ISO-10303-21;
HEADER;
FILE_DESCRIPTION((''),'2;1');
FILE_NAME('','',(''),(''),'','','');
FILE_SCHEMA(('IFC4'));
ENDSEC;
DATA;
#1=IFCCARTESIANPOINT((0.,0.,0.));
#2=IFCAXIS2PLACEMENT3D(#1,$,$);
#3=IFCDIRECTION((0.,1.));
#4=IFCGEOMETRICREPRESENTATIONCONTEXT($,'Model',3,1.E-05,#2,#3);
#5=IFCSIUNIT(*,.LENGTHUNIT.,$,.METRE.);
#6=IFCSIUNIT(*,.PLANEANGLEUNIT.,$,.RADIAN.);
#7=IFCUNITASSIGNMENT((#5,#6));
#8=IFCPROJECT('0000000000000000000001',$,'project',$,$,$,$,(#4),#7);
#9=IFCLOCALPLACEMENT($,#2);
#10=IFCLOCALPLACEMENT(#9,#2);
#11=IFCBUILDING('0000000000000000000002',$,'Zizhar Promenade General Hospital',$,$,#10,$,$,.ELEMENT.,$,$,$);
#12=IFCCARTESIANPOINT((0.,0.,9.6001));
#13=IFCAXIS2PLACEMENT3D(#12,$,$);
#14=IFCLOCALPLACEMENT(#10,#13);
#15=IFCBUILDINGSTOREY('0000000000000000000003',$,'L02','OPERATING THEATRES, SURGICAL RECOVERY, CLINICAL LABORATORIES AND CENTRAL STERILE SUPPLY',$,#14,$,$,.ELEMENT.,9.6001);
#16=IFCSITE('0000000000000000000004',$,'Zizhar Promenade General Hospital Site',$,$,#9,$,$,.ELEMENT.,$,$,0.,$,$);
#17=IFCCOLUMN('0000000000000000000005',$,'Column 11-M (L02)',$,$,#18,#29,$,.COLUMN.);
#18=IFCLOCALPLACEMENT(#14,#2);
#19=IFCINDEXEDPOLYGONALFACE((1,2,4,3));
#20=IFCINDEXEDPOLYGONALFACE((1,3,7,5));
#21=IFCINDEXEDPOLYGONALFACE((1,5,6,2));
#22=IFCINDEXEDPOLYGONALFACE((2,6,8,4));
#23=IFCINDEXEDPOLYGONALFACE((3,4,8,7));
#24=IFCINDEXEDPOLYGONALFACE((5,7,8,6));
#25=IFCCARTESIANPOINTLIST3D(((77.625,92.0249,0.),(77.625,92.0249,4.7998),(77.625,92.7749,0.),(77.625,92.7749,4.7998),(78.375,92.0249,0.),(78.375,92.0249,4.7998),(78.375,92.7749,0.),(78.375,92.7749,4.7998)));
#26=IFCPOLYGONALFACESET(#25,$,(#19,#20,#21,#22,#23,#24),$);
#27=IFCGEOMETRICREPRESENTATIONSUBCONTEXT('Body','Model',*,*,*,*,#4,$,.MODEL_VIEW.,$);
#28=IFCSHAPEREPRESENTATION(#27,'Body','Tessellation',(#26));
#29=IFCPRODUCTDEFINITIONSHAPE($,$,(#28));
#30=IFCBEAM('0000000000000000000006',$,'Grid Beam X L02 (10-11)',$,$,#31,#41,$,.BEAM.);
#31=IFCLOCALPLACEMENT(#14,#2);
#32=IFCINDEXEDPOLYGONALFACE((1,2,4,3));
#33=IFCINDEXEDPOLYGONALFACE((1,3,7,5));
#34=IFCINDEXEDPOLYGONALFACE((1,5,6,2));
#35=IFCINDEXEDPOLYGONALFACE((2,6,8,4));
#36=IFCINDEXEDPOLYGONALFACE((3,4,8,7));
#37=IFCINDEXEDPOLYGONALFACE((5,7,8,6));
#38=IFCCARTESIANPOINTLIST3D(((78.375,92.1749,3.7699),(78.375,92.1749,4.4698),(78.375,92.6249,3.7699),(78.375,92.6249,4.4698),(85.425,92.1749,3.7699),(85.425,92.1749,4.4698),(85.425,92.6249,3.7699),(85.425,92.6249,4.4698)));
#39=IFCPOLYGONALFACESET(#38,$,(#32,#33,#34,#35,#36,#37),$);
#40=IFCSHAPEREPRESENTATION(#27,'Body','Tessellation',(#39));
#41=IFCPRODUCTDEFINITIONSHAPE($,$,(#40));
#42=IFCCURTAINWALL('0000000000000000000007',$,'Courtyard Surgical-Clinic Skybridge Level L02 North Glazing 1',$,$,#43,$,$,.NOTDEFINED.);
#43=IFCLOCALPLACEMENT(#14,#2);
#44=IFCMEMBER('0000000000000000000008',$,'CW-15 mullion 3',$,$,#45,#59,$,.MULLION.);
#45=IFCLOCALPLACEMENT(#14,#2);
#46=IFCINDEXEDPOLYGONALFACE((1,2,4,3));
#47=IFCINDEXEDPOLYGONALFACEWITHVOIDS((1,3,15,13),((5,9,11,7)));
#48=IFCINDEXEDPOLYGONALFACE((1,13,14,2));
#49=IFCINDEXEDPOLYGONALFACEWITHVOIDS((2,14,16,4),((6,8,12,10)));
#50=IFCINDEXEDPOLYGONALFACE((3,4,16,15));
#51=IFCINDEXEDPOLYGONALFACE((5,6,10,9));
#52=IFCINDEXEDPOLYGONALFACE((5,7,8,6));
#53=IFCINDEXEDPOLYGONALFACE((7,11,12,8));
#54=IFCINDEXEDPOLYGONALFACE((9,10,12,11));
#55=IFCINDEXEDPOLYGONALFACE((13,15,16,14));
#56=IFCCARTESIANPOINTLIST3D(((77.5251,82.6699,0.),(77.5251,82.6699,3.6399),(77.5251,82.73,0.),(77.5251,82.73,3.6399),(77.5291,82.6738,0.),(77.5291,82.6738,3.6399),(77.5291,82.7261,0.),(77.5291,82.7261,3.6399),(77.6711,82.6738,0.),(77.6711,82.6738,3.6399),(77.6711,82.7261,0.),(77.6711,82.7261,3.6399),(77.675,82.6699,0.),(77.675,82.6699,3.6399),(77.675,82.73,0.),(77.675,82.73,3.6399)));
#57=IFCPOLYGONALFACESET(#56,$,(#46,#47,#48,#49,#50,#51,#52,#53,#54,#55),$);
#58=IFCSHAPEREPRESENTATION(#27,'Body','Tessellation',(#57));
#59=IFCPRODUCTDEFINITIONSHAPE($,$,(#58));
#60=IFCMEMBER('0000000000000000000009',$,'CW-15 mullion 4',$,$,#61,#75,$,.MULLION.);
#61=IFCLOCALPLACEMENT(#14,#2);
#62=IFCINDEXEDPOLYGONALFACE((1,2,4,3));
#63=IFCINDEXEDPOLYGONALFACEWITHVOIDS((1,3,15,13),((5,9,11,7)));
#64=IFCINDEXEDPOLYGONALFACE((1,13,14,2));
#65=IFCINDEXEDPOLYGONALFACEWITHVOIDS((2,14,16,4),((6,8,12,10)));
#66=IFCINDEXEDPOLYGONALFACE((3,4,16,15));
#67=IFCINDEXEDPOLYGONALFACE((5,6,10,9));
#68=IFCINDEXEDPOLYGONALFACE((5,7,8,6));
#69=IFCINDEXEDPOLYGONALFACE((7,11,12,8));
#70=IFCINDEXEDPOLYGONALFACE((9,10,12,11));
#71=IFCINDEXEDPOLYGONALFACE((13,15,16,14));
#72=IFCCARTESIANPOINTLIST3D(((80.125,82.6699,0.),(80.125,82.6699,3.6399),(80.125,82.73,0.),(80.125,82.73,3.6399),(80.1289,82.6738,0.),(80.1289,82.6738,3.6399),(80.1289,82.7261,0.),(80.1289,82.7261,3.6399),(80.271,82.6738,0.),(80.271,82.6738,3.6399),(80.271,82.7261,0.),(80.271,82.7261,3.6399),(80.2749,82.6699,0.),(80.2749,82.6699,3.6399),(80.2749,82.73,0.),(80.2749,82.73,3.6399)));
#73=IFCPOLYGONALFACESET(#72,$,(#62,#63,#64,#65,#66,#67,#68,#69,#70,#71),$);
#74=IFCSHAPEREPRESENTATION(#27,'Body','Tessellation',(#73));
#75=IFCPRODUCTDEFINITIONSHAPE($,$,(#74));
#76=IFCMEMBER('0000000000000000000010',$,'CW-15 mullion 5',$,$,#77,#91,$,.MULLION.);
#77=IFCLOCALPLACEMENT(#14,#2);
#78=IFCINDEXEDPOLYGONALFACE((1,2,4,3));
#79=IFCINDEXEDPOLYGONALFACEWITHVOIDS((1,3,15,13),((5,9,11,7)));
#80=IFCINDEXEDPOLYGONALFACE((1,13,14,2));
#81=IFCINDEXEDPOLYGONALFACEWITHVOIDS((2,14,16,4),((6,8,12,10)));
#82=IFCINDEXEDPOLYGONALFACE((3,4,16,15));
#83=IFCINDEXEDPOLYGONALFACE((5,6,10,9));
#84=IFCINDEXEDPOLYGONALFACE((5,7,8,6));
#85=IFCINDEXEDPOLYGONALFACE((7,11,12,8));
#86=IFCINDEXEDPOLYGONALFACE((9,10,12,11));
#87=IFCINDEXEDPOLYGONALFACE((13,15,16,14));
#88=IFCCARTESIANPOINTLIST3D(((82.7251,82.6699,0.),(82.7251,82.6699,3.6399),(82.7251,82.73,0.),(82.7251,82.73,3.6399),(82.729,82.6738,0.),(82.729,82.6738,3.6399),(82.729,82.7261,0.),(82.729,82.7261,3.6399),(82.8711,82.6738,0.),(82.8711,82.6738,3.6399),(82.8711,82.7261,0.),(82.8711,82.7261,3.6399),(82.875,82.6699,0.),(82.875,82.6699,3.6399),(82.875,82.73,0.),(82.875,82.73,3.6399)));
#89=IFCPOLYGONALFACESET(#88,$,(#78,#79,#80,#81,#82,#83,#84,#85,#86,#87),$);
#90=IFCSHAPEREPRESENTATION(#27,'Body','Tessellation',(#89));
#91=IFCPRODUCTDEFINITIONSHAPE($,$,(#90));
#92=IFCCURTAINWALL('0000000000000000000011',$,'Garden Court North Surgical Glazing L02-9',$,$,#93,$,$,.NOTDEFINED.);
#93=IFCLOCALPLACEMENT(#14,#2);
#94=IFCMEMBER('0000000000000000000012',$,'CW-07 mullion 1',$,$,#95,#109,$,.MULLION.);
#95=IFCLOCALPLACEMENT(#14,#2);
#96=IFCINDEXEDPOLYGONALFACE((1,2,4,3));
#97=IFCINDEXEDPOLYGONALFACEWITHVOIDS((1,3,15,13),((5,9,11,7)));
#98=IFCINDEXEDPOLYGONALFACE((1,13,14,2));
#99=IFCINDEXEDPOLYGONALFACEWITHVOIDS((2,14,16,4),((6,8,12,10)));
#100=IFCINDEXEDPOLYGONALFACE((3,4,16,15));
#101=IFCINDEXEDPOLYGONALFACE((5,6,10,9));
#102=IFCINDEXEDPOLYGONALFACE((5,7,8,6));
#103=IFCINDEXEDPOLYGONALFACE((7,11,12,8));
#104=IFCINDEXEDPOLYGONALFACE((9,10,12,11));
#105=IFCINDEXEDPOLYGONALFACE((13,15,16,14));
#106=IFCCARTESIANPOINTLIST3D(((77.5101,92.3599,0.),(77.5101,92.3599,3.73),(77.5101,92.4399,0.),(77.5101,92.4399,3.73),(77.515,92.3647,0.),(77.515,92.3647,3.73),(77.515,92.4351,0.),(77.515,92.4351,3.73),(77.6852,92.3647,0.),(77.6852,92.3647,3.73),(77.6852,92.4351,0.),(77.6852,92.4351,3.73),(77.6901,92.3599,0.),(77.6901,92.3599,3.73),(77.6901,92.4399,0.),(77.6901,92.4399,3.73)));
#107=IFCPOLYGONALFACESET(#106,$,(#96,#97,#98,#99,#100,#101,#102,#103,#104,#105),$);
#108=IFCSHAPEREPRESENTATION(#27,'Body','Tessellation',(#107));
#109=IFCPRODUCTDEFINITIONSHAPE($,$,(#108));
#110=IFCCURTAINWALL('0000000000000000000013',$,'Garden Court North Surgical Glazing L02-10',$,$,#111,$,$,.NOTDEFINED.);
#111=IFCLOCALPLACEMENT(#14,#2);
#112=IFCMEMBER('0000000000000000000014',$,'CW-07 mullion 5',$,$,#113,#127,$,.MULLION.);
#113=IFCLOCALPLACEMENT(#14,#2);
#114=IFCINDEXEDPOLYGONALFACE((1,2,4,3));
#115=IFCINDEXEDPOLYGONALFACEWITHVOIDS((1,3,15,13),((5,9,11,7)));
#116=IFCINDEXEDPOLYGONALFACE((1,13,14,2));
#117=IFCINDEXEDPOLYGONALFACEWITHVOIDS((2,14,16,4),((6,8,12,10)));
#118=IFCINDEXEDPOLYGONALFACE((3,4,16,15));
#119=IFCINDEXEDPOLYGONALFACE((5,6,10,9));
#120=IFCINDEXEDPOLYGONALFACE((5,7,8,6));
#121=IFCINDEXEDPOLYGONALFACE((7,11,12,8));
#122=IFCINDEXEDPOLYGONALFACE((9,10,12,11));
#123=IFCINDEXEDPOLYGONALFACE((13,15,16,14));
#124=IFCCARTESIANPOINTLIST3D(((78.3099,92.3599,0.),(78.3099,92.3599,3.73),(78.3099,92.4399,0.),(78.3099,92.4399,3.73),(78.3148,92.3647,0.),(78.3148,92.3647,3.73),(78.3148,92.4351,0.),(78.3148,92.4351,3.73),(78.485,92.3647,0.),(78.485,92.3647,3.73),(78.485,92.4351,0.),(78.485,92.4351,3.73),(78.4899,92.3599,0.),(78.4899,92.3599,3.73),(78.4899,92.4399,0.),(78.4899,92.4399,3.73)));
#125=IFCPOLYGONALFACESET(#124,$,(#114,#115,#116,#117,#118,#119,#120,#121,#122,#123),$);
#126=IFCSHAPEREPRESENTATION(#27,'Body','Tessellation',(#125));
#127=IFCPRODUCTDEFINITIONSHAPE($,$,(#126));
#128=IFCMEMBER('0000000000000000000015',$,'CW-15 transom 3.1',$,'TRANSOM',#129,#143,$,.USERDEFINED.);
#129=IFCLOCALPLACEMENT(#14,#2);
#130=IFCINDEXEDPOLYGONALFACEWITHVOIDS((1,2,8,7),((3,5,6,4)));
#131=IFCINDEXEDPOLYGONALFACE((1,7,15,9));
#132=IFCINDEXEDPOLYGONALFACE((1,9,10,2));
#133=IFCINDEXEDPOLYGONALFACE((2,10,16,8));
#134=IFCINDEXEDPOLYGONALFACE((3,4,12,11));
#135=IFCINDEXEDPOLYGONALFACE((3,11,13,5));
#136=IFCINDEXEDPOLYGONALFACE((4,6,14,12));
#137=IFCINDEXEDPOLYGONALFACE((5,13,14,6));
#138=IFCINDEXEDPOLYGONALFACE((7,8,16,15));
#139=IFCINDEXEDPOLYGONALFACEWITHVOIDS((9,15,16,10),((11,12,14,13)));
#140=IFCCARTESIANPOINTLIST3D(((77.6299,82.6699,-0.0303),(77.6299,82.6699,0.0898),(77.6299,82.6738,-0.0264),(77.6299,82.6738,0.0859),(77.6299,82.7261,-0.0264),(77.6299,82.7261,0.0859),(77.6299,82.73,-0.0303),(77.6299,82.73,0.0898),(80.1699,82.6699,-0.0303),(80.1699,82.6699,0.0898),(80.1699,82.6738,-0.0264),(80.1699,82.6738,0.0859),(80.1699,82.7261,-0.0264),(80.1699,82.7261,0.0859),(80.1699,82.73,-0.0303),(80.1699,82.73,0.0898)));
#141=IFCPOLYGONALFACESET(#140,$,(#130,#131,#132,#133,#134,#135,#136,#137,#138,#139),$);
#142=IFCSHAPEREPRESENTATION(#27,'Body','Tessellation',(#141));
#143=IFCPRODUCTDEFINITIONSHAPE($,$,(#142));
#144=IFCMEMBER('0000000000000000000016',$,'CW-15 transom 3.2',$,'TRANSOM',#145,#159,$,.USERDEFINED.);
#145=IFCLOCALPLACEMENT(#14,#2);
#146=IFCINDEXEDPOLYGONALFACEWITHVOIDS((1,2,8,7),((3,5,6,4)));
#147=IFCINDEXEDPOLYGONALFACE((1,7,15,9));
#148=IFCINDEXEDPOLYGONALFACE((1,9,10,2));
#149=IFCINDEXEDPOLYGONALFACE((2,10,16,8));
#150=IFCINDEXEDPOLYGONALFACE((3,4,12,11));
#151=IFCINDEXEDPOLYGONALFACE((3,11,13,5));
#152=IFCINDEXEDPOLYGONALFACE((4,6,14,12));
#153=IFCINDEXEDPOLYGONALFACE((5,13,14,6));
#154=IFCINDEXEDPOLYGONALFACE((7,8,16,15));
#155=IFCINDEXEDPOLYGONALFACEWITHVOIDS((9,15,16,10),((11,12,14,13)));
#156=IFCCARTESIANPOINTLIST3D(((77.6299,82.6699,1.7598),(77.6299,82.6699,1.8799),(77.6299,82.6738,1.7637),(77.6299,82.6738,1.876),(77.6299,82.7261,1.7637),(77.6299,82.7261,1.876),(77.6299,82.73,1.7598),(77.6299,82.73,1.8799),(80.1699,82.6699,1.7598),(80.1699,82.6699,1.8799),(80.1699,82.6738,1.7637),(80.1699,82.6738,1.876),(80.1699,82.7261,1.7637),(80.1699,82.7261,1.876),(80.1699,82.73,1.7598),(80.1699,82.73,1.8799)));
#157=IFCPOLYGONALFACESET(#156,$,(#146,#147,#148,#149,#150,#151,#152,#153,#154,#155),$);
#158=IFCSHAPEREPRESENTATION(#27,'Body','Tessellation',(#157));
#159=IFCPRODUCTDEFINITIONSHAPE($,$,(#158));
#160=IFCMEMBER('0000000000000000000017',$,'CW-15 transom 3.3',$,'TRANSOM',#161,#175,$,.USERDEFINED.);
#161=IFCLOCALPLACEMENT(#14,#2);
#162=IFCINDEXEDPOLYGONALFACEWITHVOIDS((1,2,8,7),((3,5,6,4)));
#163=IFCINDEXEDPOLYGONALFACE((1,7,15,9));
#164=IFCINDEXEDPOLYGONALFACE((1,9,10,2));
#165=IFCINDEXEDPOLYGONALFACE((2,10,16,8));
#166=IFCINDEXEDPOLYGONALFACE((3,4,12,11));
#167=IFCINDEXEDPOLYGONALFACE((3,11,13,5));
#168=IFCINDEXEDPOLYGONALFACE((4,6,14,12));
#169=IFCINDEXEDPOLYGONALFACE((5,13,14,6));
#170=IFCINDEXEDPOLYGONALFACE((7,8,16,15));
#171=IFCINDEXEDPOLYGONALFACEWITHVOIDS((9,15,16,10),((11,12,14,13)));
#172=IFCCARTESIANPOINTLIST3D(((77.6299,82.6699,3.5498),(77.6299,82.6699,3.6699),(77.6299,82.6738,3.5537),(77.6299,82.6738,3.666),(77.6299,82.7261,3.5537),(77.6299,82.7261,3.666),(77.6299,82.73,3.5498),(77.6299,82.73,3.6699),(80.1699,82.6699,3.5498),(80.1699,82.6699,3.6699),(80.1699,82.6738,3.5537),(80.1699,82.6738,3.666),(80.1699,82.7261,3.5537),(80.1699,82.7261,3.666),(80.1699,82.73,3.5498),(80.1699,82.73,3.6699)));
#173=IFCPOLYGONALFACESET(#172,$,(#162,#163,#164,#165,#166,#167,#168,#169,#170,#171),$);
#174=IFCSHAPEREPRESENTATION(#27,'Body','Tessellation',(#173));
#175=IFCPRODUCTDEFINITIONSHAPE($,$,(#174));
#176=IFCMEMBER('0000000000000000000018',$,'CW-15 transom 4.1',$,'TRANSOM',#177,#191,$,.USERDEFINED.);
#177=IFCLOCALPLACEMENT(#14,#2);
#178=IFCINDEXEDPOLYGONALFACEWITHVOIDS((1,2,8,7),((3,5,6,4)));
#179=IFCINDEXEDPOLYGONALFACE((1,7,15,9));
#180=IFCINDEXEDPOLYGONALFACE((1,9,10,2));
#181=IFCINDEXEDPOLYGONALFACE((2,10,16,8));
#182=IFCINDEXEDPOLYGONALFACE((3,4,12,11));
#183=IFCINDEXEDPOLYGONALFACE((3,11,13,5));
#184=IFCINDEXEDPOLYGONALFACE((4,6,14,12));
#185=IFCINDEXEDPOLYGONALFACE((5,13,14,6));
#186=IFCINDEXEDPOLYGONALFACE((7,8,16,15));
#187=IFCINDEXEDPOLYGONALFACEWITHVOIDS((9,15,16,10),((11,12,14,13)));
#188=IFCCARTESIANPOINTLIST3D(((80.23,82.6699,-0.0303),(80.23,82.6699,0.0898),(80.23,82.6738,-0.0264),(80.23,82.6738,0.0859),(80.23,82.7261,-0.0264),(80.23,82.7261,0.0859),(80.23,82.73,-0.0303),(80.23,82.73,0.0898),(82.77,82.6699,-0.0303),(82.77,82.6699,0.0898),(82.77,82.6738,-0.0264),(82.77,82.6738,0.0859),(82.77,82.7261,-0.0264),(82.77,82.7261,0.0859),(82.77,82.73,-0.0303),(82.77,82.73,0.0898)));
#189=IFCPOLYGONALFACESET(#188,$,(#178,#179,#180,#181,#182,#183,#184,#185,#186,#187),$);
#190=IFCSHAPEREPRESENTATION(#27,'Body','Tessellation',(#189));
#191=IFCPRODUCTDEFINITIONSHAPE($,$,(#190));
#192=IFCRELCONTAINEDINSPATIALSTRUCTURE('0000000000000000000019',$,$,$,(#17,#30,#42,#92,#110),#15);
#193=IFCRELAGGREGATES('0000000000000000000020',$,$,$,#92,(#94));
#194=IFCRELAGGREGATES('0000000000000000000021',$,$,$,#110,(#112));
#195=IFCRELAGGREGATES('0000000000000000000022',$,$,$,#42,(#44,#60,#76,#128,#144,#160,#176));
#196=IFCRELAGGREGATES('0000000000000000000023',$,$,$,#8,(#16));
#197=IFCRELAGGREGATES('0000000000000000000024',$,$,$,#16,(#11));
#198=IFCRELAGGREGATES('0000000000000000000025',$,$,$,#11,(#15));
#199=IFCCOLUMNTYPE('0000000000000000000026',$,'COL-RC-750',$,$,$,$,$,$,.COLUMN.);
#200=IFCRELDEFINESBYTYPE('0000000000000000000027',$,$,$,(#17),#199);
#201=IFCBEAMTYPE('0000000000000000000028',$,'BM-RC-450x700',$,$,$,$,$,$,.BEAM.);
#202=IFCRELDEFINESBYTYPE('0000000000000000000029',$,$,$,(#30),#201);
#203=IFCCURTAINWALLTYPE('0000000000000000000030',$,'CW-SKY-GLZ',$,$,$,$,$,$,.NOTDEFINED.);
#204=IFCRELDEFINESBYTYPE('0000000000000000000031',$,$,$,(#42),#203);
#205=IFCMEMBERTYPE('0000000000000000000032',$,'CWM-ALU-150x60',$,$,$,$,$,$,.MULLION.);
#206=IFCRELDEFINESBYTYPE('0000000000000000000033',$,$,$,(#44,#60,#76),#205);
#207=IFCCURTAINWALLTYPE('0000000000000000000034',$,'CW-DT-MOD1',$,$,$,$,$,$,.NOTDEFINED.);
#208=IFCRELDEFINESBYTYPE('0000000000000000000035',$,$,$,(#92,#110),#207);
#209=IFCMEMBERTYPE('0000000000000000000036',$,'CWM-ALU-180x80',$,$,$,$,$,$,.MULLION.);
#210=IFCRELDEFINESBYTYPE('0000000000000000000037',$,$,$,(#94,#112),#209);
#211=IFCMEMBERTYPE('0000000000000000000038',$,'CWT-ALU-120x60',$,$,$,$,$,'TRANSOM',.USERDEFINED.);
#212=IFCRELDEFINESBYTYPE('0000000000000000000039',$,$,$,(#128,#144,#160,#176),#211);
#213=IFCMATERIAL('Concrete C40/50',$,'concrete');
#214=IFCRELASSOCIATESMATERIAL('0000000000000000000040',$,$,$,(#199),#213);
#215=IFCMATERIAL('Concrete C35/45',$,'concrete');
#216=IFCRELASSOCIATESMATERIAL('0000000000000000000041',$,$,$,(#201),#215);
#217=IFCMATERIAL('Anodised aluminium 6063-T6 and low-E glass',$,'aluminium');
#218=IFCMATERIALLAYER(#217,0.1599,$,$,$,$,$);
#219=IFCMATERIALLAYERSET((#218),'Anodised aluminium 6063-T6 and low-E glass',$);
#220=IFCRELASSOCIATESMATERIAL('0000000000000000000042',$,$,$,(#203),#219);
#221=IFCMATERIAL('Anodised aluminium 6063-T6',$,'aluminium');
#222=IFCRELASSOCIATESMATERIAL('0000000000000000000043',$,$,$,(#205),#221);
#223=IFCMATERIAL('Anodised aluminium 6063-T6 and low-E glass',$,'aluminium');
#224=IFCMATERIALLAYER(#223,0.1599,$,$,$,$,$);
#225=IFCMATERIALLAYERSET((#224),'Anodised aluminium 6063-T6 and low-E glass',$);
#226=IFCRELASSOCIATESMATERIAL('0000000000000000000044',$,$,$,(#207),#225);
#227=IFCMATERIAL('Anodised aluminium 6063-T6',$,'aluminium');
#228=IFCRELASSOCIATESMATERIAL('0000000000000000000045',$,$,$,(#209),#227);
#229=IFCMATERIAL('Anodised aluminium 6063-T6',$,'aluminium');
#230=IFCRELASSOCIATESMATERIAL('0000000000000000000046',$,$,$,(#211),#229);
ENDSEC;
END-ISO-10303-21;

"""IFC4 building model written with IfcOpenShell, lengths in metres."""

from ifc_helpers import new_model, si_unit, direction, frame, origin, origin_2d, place, context, subcontext, project, spatial, rectangle, hollow_rectangle, extrude, material, layer, layer_set, material_profile, profile_set, type_object, element, aggregate, save


model = new_model("IFC4")

# Units and contexts
model_context = context("Model", 3, precision=1e-05, world=origin(), true_north=direction((0.0, 1.0)))
body_context = subcontext(model_context, "Body", "Model", "MODEL_VIEW")
ifc_project = project(units=[si_unit("LENGTHUNIT", "METRE"), si_unit("PLANEANGLEUNIT", "RADIAN")], contexts=[model_context])

# Site, building, storey
site_placement = place(None, origin())
site = spatial("IfcSite", under=ifc_project, at=site_placement, Name="Zizhar Promenade General Hospital Site", CompositionType="ELEMENT", RefElevation=0.0)
building_placement = place(site_placement, origin())
building = spatial("IfcBuilding", under=site, at=building_placement, Name="Zizhar Promenade General Hospital", CompositionType="ELEMENT")
storey_placement = place(building_placement, frame((0.0, 0.0, 9.6001)))
storey = spatial("IfcBuildingStorey", under=building, at=storey_placement, Name="L02", Description="OPERATING THEATRES, SURGICAL RECOVERY, CLINICAL LABORATORIES AND CENTRAL STERILE SUPPLY", CompositionType="ELEMENT", Elevation=9.6001)

# Column
ifc_material_1 = material(Name="Concrete C40/50", Category="concrete")
ifc_material_profile_1 = material_profile(ifc_material_1, rectangle(XDim=0.75, YDim=0.75, at=origin_2d()))
ifc_profile_set_1 = profile_set([ifc_material_profile_1], Name="Concrete C40/50")
column_type = type_object("IfcColumnType", Name="COL-RC-750", PredefinedType="COLUMN", material=ifc_profile_set_1)
column_placement = place(storey_placement, frame((78.0, 92.3999, 0.0), z_axis=(0.0, 0.0, 1.0), x_axis=(1.0, 0.0, 0.0)))
element("IfcColumn", 1, at=column_placement, inside=storey, type_object=column_type, Name="Column 11-M (L02)", PredefinedType="COLUMN", context=body_context, shape_type="SweptSolid", body=[
    extrude(rectangle(XDim=0.75, YDim=0.75, at=origin_2d()), origin(), (0.0, 0.0, 1.0), 4.7998),
])

# Beam
ifc_material_2 = material(Name="Concrete C35/45", Category="concrete")
ifc_material_profile_2 = material_profile(ifc_material_2, rectangle(XDim=0.45, YDim=0.7, at=origin_2d()))
ifc_profile_set_2 = profile_set([ifc_material_profile_2], Name="Concrete C35/45")
beam_type = type_object("IfcBeamType", Name="BM-RC-450x700", PredefinedType="BEAM", material=ifc_profile_set_2)
beam_placement = place(storey_placement, frame((78.375, 92.3999, 4.1199), z_axis=(1.0, 0.0, 0.0), x_axis=(0.0, 1.0, 0.0)))
element("IfcBeam", 2, at=beam_placement, inside=storey, type_object=beam_type, Name="Grid Beam X L02 (10-11)", PredefinedType="BEAM", context=body_context, shape_type="SweptSolid", body=[
    extrude(rectangle(XDim=0.45, YDim=0.7, at=origin_2d()), origin(), (0.0, 0.0, 1.0), 7.05),
])

# Curtain wall, members
ifc_material_3 = material(Name="Anodised aluminium 6063-T6 and low-E glass", Category="aluminium")
ifc_layer_1 = layer(ifc_material_3, 0.1599)
ifc_layer_set_1 = layer_set([ifc_layer_1], Name="Anodised aluminium 6063-T6 and low-E glass")
curtain_wall_type_1 = type_object("IfcCurtainWallType", Name="CW-SKY-GLZ", PredefinedType="NOTDEFINED", material=ifc_layer_set_1)
curtain_wall_1_placement = place(storey_placement, origin())
curtain_wall_1 = element("IfcCurtainWall", 3, at=curtain_wall_1_placement, inside=storey, type_object=curtain_wall_type_1, Name="Courtyard Surgical-Clinic Skybridge Level L02 North Glazing 1", PredefinedType="NOTDEFINED")
ifc_material_4 = material(Name="Anodised aluminium 6063-T6", Category="aluminium")
ifc_material_profile_3 = material_profile(ifc_material_4, hollow_rectangle(XDim=0.0601, YDim=0.1499, WallThickness=0.0039, at=origin_2d()))
ifc_profile_set_3 = profile_set([ifc_material_profile_3], Name="Anodised aluminium 6063-T6")
member_type_1 = type_object("IfcMemberType", Name="CWM-ALU-150x60", PredefinedType="MULLION", material=ifc_profile_set_3)
member_1_placement = place(storey_placement, frame((77.6001, 82.7, 0.0), z_axis=(0.0, 0.0, 1.0), x_axis=(0.0, 1.0, 0.0)))
member_1 = element("IfcMember", 4, at=member_1_placement, type_object=member_type_1, Name="CW-15 mullion 3", PredefinedType="MULLION", context=body_context, shape_type="SweptSolid", body=[
    extrude(hollow_rectangle(XDim=0.0601, YDim=0.1499, WallThickness=0.0039, at=origin_2d()), origin(), (0.0, 0.0, 1.0), 3.6399),
])
member_2_placement = place(storey_placement, frame((80.2, 82.7, 0.0), z_axis=(0.0, 0.0, 1.0), x_axis=(0.0, 1.0, 0.0)))
member_2 = element("IfcMember", 5, at=member_2_placement, type_object=member_type_1, Name="CW-15 mullion 4", PredefinedType="MULLION", context=body_context, shape_type="SweptSolid", body=[
    extrude(hollow_rectangle(XDim=0.0601, YDim=0.1499, WallThickness=0.0039, at=origin_2d()), origin(), (0.0, 0.0, 1.0), 3.6399),
])
member_3_placement = place(storey_placement, frame((82.8, 82.7, 0.0), z_axis=(0.0, 0.0, 1.0), x_axis=(0.0, 1.0, 0.0)))
member_3 = element("IfcMember", 6, at=member_3_placement, type_object=member_type_1, Name="CW-15 mullion 5", PredefinedType="MULLION", context=body_context, shape_type="SweptSolid", body=[
    extrude(hollow_rectangle(XDim=0.0601, YDim=0.1499, WallThickness=0.0039, at=origin_2d()), origin(), (0.0, 0.0, 1.0), 3.6399),
])

# Curtain walls, members
ifc_material_5 = material(Name="Anodised aluminium 6063-T6 and low-E glass", Category="aluminium")
ifc_layer_2 = layer(ifc_material_5, 0.1599)
ifc_layer_set_2 = layer_set([ifc_layer_2], Name="Anodised aluminium 6063-T6 and low-E glass")
curtain_wall_type_2 = type_object("IfcCurtainWallType", Name="CW-DT-MOD1", PredefinedType="NOTDEFINED", material=ifc_layer_set_2)
curtain_wall_2_placement = place(storey_placement, origin())
curtain_wall_2 = element("IfcCurtainWall", 7, at=curtain_wall_2_placement, inside=storey, type_object=curtain_wall_type_2, Name="Garden Court North Surgical Glazing L02-9", PredefinedType="NOTDEFINED")
ifc_material_6 = material(Name="Anodised aluminium 6063-T6", Category="aluminium")
ifc_material_profile_4 = material_profile(ifc_material_6, hollow_rectangle(XDim=0.0801, YDim=0.1799, WallThickness=0.0049, at=origin_2d()))
ifc_profile_set_4 = profile_set([ifc_material_profile_4], Name="Anodised aluminium 6063-T6")
member_type_2 = type_object("IfcMemberType", Name="CWM-ALU-180x80", PredefinedType="MULLION", material=ifc_profile_set_4)
member_4_placement = place(storey_placement, frame((77.6001, 92.3999, 0.0), z_axis=(0.0, 0.0, 1.0), x_axis=(0.0, -1.0, 0.0)))
member_4 = element("IfcMember", 8, at=member_4_placement, type_object=member_type_2, Name="CW-07 mullion 1", PredefinedType="MULLION", context=body_context, shape_type="SweptSolid", body=[
    extrude(hollow_rectangle(XDim=0.0801, YDim=0.1799, WallThickness=0.0049, at=origin_2d()), origin(), (0.0, 0.0, 1.0), 3.73),
])
curtain_wall_3_placement = place(storey_placement, origin())
curtain_wall_3 = element("IfcCurtainWall", 9, at=curtain_wall_3_placement, inside=storey, type_object=curtain_wall_type_2, Name="Garden Court North Surgical Glazing L02-10", PredefinedType="NOTDEFINED")
member_5_placement = place(storey_placement, frame((78.3999, 92.3999, 0.0), z_axis=(0.0, 0.0, 1.0), x_axis=(0.0, -1.0, 0.0)))
member_5 = element("IfcMember", 10, at=member_5_placement, type_object=member_type_2, Name="CW-07 mullion 5", PredefinedType="MULLION", context=body_context, shape_type="SweptSolid", body=[
    extrude(hollow_rectangle(XDim=0.0801, YDim=0.1799, WallThickness=0.0049, at=origin_2d()), origin(), (0.0, 0.0, 1.0), 3.73),
])

# Members
ifc_material_7 = material(Name="Anodised aluminium 6063-T6", Category="aluminium")
ifc_material_profile_5 = material_profile(ifc_material_7, hollow_rectangle(XDim=0.0601, YDim=0.1201, WallThickness=0.0039, at=origin_2d()))
ifc_profile_set_5 = profile_set([ifc_material_profile_5], Name="Anodised aluminium 6063-T6")
member_type_3 = type_object("IfcMemberType", Name="CWT-ALU-120x60", ElementType="TRANSOM", PredefinedType="USERDEFINED", material=ifc_profile_set_5)
member_6_placement = place(storey_placement, frame((77.6299, 82.7, 0.0298), z_axis=(1.0, 0.0, 0.0), x_axis=(0.0, 1.0, 0.0)))
member_6 = element("IfcMember", 11, at=member_6_placement, type_object=member_type_3, Name="CW-15 transom 3.1", ObjectType="TRANSOM", PredefinedType="USERDEFINED", context=body_context, shape_type="SweptSolid", body=[
    extrude(hollow_rectangle(XDim=0.0601, YDim=0.1201, WallThickness=0.0039, at=origin_2d()), origin(), (0.0, 0.0, 1.0), 2.54),
])
member_7_placement = place(storey_placement, frame((77.6299, 82.7, 1.8198), z_axis=(1.0, 0.0, 0.0), x_axis=(0.0, 1.0, 0.0)))
member_7 = element("IfcMember", 12, at=member_7_placement, type_object=member_type_3, Name="CW-15 transom 3.2", ObjectType="TRANSOM", PredefinedType="USERDEFINED", context=body_context, shape_type="SweptSolid", body=[
    extrude(hollow_rectangle(XDim=0.0601, YDim=0.1201, WallThickness=0.0039, at=origin_2d()), origin(), (0.0, 0.0, 1.0), 2.54),
])
member_8_placement = place(storey_placement, frame((77.6299, 82.7, 3.6099), z_axis=(1.0, 0.0, 0.0), x_axis=(0.0, 1.0, 0.0)))
member_8 = element("IfcMember", 13, at=member_8_placement, type_object=member_type_3, Name="CW-15 transom 3.3", ObjectType="TRANSOM", PredefinedType="USERDEFINED", context=body_context, shape_type="SweptSolid", body=[
    extrude(hollow_rectangle(XDim=0.0601, YDim=0.1201, WallThickness=0.0039, at=origin_2d()), origin(), (0.0, 0.0, 1.0), 2.54),
])
member_9_placement = place(storey_placement, frame((80.23, 82.7, 0.0298), z_axis=(1.0, 0.0, 0.0), x_axis=(0.0, 1.0, 0.0)))
member_9 = element("IfcMember", 14, at=member_9_placement, type_object=member_type_3, Name="CW-15 transom 4.1", ObjectType="TRANSOM", PredefinedType="USERDEFINED", context=body_context, shape_type="SweptSolid", body=[
    extrude(hollow_rectangle(XDim=0.0601, YDim=0.1201, WallThickness=0.0039, at=origin_2d()), origin(), (0.0, 0.0, 1.0), 2.54),
])
aggregate(curtain_wall_2, [member_4])

aggregate(curtain_wall_3, [member_5])
aggregate(curtain_wall_1, [member_1, member_2, member_3, member_6, member_7, member_8, member_9])

save(model, "model.ifc")
